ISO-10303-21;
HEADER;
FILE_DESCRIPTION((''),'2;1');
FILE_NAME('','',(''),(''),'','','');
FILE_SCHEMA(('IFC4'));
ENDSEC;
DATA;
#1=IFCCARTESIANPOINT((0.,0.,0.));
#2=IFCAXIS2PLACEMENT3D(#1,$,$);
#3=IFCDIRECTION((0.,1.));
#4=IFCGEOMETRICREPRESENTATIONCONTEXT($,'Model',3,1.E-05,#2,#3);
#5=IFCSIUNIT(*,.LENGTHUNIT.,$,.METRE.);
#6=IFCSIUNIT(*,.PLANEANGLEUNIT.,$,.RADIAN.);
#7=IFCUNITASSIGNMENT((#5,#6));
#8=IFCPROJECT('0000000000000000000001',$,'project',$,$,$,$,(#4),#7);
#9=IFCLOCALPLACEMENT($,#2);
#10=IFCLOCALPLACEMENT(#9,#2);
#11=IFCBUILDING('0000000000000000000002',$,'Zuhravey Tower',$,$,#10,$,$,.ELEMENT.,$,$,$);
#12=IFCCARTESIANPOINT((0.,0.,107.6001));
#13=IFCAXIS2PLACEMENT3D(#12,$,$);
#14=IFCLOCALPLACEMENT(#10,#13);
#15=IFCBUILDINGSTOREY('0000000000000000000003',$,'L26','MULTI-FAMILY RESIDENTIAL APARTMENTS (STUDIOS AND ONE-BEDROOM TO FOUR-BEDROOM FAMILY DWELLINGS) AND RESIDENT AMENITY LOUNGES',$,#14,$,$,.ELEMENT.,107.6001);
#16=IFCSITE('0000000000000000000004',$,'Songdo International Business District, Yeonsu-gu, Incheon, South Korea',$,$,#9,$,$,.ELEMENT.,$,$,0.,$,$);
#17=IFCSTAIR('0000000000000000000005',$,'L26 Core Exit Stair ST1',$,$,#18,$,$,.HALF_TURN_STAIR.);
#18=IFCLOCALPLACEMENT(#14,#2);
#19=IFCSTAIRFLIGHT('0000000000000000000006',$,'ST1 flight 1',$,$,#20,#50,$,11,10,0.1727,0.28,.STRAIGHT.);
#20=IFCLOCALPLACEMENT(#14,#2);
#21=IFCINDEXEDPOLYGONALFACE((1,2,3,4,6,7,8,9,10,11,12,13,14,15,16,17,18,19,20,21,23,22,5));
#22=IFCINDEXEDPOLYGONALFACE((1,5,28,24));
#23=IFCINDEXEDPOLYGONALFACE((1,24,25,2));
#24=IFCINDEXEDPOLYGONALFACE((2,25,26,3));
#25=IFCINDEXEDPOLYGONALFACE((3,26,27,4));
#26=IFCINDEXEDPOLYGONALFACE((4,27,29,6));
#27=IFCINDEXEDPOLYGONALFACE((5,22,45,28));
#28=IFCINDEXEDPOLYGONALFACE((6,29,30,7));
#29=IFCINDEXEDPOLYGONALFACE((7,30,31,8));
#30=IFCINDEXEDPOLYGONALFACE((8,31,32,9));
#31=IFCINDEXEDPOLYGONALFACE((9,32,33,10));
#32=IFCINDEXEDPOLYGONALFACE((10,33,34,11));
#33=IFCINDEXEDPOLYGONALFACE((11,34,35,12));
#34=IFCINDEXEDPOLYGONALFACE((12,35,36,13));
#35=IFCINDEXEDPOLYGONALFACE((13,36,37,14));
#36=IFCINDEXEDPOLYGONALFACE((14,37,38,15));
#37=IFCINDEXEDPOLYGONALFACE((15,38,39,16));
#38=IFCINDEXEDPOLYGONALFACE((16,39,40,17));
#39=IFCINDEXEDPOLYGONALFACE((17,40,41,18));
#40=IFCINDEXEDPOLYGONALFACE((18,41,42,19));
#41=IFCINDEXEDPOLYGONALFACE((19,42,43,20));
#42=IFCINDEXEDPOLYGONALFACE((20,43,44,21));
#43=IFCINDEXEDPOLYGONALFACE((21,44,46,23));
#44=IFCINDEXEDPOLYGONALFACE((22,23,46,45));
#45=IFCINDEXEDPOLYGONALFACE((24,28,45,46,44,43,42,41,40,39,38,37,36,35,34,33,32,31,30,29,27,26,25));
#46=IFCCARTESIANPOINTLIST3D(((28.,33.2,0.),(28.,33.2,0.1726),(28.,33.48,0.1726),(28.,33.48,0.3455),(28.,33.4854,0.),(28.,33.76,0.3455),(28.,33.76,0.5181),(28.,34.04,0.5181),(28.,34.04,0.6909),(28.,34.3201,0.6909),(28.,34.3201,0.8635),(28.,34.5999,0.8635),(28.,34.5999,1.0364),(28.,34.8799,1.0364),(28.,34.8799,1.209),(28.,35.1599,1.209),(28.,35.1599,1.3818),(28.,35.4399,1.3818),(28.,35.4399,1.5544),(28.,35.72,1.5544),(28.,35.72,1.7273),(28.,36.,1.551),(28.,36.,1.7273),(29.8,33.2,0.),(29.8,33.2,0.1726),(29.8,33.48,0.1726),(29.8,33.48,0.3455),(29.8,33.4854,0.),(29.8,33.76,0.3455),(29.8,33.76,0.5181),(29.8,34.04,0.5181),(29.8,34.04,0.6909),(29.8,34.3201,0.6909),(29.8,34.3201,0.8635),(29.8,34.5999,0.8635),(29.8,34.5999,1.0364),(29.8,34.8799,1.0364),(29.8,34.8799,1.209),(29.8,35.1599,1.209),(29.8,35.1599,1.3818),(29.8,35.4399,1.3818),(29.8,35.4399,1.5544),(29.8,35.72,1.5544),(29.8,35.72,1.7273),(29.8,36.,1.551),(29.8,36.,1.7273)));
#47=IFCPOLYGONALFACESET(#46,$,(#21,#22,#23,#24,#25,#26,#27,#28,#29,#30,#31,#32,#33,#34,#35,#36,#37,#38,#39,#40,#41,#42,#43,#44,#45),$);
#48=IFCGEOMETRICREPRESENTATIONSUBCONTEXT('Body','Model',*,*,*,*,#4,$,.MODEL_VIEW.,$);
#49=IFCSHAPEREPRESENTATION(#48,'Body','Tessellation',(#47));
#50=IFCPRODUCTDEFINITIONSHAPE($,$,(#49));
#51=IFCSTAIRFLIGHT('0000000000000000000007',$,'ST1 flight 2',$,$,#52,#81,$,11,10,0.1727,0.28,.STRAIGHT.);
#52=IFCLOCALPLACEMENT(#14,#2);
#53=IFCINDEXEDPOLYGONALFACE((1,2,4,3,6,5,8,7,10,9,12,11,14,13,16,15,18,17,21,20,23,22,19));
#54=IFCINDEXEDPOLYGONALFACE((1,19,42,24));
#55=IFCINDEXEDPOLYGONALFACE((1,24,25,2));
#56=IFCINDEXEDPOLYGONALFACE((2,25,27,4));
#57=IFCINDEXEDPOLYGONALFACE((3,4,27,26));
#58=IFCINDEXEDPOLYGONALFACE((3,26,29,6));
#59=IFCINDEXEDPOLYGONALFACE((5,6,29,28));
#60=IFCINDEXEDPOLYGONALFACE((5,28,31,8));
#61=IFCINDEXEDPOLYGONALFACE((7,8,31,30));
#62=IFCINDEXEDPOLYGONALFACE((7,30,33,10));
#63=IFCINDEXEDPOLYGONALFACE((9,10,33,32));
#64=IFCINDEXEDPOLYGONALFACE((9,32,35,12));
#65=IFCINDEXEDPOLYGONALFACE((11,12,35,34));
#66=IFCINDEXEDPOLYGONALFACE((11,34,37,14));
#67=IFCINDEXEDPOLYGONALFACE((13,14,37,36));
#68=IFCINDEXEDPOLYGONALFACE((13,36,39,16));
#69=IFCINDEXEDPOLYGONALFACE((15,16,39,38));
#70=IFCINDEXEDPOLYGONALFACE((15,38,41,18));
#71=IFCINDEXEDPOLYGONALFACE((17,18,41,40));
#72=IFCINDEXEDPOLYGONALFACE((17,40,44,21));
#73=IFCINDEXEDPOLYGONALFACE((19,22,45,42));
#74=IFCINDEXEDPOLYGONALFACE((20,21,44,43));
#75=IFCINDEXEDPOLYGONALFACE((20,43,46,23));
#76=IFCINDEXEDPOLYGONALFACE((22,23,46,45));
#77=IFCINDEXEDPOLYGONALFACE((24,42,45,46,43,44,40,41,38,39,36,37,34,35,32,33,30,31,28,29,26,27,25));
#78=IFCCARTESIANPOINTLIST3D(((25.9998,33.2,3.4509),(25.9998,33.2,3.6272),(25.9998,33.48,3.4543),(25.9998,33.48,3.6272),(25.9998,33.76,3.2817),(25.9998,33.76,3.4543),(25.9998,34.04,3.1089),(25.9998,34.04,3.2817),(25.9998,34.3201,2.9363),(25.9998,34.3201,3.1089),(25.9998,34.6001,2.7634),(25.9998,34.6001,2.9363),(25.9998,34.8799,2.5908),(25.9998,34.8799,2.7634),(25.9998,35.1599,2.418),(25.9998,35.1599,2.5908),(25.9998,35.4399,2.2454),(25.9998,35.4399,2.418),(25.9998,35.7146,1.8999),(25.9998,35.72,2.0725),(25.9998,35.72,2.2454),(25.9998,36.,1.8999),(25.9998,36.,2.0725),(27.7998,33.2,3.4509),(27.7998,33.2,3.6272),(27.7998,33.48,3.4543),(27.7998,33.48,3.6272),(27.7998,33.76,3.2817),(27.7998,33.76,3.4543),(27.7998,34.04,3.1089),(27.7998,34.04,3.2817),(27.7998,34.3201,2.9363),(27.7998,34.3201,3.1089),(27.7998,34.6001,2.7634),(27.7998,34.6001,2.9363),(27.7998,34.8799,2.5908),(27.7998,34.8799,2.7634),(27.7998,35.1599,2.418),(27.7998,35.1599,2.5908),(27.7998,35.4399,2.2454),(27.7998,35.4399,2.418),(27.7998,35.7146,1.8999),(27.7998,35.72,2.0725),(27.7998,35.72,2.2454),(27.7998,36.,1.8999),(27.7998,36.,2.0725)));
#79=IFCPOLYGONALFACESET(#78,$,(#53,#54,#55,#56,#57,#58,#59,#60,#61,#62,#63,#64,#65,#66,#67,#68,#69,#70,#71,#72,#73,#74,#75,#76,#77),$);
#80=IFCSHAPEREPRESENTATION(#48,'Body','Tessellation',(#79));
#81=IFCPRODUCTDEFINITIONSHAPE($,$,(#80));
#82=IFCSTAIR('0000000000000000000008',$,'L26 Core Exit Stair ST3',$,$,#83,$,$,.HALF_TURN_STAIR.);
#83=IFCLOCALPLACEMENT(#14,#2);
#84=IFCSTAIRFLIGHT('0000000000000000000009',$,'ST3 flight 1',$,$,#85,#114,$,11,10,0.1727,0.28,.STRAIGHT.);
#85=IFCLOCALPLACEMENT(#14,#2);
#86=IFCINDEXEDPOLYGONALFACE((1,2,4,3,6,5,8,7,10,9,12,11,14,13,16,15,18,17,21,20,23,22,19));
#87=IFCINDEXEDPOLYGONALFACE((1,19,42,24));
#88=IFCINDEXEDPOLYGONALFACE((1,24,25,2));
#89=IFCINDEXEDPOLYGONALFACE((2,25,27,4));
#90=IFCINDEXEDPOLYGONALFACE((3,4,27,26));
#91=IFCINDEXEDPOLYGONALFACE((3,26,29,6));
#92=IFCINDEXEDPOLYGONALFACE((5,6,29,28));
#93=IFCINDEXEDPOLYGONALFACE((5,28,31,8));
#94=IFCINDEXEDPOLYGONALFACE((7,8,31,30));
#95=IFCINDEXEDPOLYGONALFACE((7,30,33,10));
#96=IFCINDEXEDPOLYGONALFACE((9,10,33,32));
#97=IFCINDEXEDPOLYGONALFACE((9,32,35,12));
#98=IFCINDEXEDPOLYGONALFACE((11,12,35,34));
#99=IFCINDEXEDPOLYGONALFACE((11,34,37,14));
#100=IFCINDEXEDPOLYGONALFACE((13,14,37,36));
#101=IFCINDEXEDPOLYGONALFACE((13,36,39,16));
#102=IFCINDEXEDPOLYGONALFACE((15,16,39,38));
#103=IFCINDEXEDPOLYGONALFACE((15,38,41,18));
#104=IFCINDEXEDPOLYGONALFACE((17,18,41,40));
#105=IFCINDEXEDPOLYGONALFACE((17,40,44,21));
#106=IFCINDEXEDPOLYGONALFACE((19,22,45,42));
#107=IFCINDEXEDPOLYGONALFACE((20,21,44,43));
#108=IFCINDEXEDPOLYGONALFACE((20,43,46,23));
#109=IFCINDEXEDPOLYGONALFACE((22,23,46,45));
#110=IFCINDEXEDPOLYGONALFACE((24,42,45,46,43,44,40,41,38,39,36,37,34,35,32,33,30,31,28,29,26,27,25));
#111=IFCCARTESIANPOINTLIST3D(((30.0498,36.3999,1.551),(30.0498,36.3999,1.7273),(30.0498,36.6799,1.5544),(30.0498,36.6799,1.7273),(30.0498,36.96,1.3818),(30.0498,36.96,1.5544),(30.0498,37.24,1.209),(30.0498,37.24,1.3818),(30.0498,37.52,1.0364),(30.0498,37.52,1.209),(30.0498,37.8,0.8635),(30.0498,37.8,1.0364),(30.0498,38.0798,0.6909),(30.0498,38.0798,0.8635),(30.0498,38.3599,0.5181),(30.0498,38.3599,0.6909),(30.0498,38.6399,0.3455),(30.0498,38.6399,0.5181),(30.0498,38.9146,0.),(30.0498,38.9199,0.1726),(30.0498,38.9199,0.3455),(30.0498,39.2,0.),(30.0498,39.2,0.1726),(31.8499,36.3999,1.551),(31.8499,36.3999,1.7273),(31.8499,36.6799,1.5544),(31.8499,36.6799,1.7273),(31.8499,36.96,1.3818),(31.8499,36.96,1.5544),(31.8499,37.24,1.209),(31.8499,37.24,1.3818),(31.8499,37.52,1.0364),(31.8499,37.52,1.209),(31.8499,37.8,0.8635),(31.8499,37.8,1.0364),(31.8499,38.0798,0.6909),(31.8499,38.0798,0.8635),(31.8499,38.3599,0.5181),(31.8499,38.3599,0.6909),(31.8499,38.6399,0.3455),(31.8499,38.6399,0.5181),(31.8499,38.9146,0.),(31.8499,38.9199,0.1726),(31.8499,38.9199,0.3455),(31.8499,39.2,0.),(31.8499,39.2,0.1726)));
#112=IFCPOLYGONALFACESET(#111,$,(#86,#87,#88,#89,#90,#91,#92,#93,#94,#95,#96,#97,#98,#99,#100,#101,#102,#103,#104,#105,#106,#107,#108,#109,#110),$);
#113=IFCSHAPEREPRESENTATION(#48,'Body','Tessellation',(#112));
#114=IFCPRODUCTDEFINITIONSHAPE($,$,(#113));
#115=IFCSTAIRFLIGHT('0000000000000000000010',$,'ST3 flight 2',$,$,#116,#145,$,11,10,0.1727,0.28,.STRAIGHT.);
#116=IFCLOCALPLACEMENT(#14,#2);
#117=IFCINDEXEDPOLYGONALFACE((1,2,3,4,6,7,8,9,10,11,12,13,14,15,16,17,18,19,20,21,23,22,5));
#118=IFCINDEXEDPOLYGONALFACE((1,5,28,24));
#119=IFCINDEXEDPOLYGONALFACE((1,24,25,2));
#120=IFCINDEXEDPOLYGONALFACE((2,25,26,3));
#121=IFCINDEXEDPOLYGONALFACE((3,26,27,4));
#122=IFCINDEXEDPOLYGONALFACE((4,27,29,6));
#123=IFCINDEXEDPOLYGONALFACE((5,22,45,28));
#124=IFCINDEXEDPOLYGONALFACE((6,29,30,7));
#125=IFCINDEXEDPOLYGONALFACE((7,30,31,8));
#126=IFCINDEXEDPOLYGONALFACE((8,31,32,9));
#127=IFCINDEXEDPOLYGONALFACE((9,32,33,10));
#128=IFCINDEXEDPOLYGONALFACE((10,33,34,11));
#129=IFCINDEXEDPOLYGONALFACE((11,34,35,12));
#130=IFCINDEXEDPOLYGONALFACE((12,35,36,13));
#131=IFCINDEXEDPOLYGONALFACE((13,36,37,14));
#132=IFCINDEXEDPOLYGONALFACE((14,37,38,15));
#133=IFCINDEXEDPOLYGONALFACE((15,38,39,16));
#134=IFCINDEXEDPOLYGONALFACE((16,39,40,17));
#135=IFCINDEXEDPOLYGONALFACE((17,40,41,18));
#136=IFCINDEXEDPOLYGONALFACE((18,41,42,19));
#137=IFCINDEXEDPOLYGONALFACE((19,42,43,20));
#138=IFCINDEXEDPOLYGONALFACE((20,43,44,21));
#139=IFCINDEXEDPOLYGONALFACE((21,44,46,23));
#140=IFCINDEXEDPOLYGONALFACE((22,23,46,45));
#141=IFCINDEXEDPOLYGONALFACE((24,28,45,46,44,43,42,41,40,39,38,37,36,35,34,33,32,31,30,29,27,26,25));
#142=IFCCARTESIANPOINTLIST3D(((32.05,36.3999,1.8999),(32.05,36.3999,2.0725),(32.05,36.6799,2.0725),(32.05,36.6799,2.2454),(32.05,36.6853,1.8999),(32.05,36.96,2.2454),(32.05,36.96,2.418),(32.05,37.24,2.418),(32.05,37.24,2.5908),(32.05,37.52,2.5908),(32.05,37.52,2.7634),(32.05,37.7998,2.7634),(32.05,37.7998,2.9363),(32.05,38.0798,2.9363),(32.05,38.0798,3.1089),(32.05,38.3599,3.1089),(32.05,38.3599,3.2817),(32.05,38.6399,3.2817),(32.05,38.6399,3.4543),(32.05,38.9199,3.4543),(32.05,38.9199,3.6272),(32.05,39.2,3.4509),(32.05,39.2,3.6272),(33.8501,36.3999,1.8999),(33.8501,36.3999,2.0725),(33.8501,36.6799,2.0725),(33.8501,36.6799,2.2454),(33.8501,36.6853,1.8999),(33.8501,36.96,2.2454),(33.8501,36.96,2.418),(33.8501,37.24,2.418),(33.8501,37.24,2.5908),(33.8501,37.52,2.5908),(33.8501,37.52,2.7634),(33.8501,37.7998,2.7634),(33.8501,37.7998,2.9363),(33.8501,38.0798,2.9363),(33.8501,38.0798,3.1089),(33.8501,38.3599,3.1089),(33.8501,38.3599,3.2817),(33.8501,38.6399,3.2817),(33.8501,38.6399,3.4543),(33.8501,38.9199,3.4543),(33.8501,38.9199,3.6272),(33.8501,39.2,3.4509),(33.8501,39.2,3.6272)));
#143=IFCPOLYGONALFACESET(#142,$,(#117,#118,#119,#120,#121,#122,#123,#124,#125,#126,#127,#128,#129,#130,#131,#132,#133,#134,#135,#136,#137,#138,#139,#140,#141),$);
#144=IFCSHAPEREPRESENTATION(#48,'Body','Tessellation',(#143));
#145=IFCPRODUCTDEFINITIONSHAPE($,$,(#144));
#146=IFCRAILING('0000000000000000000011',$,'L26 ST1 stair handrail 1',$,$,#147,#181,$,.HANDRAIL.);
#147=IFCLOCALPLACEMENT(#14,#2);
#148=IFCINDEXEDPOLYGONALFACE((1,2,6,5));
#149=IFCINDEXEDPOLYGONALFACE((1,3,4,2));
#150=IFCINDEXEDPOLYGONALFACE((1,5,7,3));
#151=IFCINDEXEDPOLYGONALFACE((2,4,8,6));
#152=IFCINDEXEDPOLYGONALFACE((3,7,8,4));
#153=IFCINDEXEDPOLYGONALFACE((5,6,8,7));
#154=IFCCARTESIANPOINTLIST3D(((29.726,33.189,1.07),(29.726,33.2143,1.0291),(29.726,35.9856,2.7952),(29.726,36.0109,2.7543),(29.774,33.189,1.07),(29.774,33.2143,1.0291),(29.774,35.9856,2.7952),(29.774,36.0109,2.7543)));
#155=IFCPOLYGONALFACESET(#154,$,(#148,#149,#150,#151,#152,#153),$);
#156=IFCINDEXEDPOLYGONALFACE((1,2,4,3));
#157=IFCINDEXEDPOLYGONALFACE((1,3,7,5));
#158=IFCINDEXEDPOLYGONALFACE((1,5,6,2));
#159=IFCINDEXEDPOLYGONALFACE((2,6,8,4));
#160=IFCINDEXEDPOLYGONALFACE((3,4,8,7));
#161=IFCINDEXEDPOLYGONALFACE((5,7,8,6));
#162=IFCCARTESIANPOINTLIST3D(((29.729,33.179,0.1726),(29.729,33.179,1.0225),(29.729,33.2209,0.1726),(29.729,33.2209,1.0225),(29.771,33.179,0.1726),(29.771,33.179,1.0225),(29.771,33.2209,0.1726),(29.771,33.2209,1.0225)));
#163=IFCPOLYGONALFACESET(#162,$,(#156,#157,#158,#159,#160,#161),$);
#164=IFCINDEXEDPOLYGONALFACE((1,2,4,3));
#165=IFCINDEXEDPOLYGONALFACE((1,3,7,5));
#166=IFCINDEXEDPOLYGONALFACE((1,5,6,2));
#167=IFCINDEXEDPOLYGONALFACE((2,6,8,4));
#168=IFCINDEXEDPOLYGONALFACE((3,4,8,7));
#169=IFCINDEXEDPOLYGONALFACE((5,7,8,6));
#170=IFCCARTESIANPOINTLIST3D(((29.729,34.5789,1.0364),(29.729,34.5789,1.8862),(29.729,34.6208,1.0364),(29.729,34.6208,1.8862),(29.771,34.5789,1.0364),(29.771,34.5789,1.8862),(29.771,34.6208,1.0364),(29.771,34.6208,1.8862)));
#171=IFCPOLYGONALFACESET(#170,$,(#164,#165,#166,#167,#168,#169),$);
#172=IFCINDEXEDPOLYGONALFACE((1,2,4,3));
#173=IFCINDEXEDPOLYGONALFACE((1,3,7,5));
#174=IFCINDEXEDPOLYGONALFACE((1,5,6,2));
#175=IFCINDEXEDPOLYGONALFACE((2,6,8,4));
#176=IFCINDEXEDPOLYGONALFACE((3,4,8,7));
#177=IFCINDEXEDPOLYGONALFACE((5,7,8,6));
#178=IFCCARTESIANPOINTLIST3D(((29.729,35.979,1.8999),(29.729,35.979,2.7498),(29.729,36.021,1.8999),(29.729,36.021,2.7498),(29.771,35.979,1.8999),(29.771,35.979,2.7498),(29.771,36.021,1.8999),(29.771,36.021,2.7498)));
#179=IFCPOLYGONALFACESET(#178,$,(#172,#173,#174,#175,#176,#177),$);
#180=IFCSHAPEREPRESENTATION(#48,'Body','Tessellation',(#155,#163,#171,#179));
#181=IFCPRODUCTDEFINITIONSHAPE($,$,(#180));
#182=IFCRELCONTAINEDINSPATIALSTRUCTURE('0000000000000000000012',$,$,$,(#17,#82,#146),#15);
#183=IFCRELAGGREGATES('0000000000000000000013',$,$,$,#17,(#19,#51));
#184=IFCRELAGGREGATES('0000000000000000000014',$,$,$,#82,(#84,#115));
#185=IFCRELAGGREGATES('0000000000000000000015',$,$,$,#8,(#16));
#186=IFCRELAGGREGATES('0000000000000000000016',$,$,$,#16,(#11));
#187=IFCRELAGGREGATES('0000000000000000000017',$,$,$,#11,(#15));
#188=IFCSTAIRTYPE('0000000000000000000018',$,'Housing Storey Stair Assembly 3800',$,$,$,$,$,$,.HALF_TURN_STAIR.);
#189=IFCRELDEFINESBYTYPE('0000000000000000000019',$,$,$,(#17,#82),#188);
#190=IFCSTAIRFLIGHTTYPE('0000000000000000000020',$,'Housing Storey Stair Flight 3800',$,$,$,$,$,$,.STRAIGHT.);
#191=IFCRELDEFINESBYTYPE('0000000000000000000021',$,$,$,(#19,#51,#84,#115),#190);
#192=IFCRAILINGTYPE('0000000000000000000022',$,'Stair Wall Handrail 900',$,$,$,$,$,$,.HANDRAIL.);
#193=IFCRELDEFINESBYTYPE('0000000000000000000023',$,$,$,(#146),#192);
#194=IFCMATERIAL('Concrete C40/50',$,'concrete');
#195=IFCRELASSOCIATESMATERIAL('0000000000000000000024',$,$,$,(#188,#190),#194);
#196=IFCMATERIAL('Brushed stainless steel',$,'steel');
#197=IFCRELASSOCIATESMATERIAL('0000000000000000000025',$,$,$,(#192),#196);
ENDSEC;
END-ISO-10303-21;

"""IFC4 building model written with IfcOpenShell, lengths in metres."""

from ifc_helpers import new_model, si_unit, direction, frame, origin, origin_2d, place, context, subcontext, project, spatial, polyline, rectangle, outline, extrude, material, type_object, element, aggregate, save


model = new_model("IFC4")

# Units and contexts
model_context = context("Model", 3, precision=1e-05, world=origin(), true_north=direction((0.0, 1.0)))
body_context = subcontext(model_context, "Body", "Model", "MODEL_VIEW")
ifc_project = project(units=[si_unit("LENGTHUNIT", "METRE"), si_unit("PLANEANGLEUNIT", "RADIAN")], contexts=[model_context])

# Site, building, storey
site_placement = place(None, origin())
site = spatial("IfcSite", under=ifc_project, at=site_placement, Name="Songdo International Business District, Yeonsu-gu, Incheon, South Korea", CompositionType="ELEMENT", RefElevation=0.0)
building_placement = place(site_placement, origin())
building = spatial("IfcBuilding", under=site, at=building_placement, Name="Zuhravey Tower", CompositionType="ELEMENT")
storey_placement = place(building_placement, frame((0.0, 0.0, 107.6001)))
storey = spatial("IfcBuildingStorey", under=building, at=storey_placement, Name="L26", Description="MULTI-FAMILY RESIDENTIAL APARTMENTS (STUDIOS AND ONE-BEDROOM TO FOUR-BEDROOM FAMILY DWELLINGS) AND RESIDENT AMENITY LOUNGES", CompositionType="ELEMENT", Elevation=107.6001)

# Stairs, stair flights
ifc_material_1 = material(Name="Concrete C40/50", Category="concrete")
stair_type = type_object("IfcStairType", Name="Housing Storey Stair Assembly 3800", PredefinedType="HALF_TURN_STAIR", material=ifc_material_1)
stair_1_placement = place(storey_placement, origin())
stair_1 = element("IfcStair", 1, at=stair_1_placement, inside=storey, type_object=stair_type, Name="L26 Core Exit Stair ST1", PredefinedType="HALF_TURN_STAIR")
stair_flight_type = type_object("IfcStairFlightType", Name="Housing Storey Stair Flight 3800", PredefinedType="STRAIGHT", material=ifc_material_1)
stair_flight_1_placement = place(storey_placement, frame((28.8999, 33.2, 0.0), z_axis=(0.0, 0.0, 1.0), x_axis=(0.0, 1.0, 0.0)))
stair_flight_1 = element("IfcStairFlight", 2, at=stair_flight_1_placement, type_object=stair_flight_type, Name="ST1 flight 1", NumberOfRisers=11, NumberOfTreads=10, PredefinedType="STRAIGHT", RiserHeight=0.1727, TreadLength=0.28, context=body_context, shape_type="SweptSolid", body=[
    extrude(outline(polyline([(0.0, 0.0), (0.0, 0.1726), (0.28, 0.1726), (0.28, 0.3455), (0.5601, 0.3455), (0.5601, 0.5181), (0.8401, 0.5181), (0.8401, 0.6909), (1.1201, 0.6909), (1.1201, 0.8635), (1.3999, 0.8635), (1.3999, 1.0364), (1.6799, 1.0364), (1.6799, 1.209), (1.96, 1.209), (1.96, 1.3818), (2.24, 1.3818), (2.24, 1.5544), (2.52, 1.5544), (2.52, 1.7273), (2.8, 1.7273), (2.8, 1.8999), (2.8, 1.551), (0.2854, 0.0), (0.0, 0.0)])), frame((0.0, 0.8999, 0.0), z_axis=(0.0, -1.0, 0.0), x_axis=(1.0, 0.0, 0.0)), (0.0, 0.0, 1.0), 1.8),
])
stair_flight_2_placement = place(storey_placement, frame((26.8999, 36.0, 1.8999), z_axis=(0.0, 0.0, 1.0), x_axis=(0.0, -1.0, 0.0)))
stair_flight_2 = element("IfcStairFlight", 3, at=stair_flight_2_placement, type_object=stair_flight_type, Name="ST1 flight 2", NumberOfRisers=11, NumberOfTreads=10, PredefinedType="STRAIGHT", RiserHeight=0.1727, TreadLength=0.28, context=body_context, shape_type="SweptSolid", body=[
    extrude(outline(polyline([(0.0, 0.0), (0.0, 0.1726), (0.28, 0.1726), (0.28, 0.3455), (0.5601, 0.3455), (0.5601, 0.5181), (0.8401, 0.5181), (0.8401, 0.6909), (1.1201, 0.6909), (1.1201, 0.8635), (1.3999, 0.8635), (1.3999, 1.0364), (1.6799, 1.0364), (1.6799, 1.209), (1.96, 1.209), (1.96, 1.3818), (2.24, 1.3818), (2.24, 1.5544), (2.52, 1.5544), (2.52, 1.7273), (2.8, 1.7273), (2.8, 1.8999), (2.8, 1.551), (0.2854, 0.0), (0.0, 0.0)])), frame((0.0, 0.8999, 0.0), z_axis=(0.0, -1.0, 0.0), x_axis=(1.0, 0.0, 0.0)), (0.0, 0.0, 1.0), 1.8),
])
aggregate(stair_1, [stair_flight_1, stair_flight_2])
stair_2_placement = place(storey_placement, origin())
stair_2 = element("IfcStair", 4, at=stair_2_placement, inside=storey, type_object=stair_type, Name="L26 Core Exit Stair ST3", PredefinedType="HALF_TURN_STAIR")
stair_flight_3_placement = place(storey_placement, frame((30.95, 39.2, 0.0), z_axis=(0.0, 0.0, 1.0), x_axis=(0.0, -1.0, 0.0)))
stair_flight_3 = element("IfcStairFlight", 5, at=stair_flight_3_placement, type_object=stair_flight_type, Name="ST3 flight 1", NumberOfRisers=11, NumberOfTreads=10, PredefinedType="STRAIGHT", RiserHeight=0.1727, TreadLength=0.28, context=body_context, shape_type="SweptSolid", body=[
    extrude(outline(polyline([(0.0, 0.0), (0.0, 0.1726), (0.28, 0.1726), (0.28, 0.3455), (0.5601, 0.3455), (0.5601, 0.5181), (0.8401, 0.5181), (0.8401, 0.6909), (1.1201, 0.6909), (1.1201, 0.8635), (1.3999, 0.8635), (1.3999, 1.0364), (1.6799, 1.0364), (1.6799, 1.209), (1.96, 1.209), (1.96, 1.3818), (2.24, 1.3818), (2.24, 1.5544), (2.52, 1.5544), (2.52, 1.7273), (2.8, 1.7273), (2.8, 1.8999), (2.8, 1.551), (0.2854, 0.0), (0.0, 0.0)])), frame((0.0, 0.8999, 0.0), z_axis=(0.0, -1.0, 0.0), x_axis=(1.0, 0.0, 0.0)), (0.0, 0.0, 1.0), 1.8),
])
stair_flight_4_placement = place(storey_placement, frame((32.95, 36.3999, 1.8999), z_axis=(0.0, 0.0, 1.0), x_axis=(0.0, 1.0, 0.0)))
stair_flight_4 = element("IfcStairFlight", 6, at=stair_flight_4_placement, type_object=stair_flight_type, Name="ST3 flight 2", NumberOfRisers=11, NumberOfTreads=10, PredefinedType="STRAIGHT", RiserHeight=0.1727, TreadLength=0.28, context=body_context, shape_type="SweptSolid", body=[
    extrude(outline(polyline([(0.0, 0.0), (0.0, 0.1726), (0.28, 0.1726), (0.28, 0.3455), (0.5601, 0.3455), (0.5601, 0.5181), (0.8401, 0.5181), (0.8401, 0.6909), (1.1201, 0.6909), (1.1201, 0.8635), (1.3999, 0.8635), (1.3999, 1.0364), (1.6799, 1.0364), (1.6799, 1.209), (1.96, 1.209), (1.96, 1.3818), (2.24, 1.3818), (2.24, 1.5544), (2.52, 1.5544), (2.52, 1.7273), (2.8, 1.7273), (2.8, 1.8999), (2.8, 1.551), (0.2854, 0.0), (0.0, 0.0)])), frame((0.0, 0.8999, 0.0), z_axis=(0.0, -1.0, 0.0), x_axis=(1.0, 0.0, 0.0)), (0.0, 0.0, 1.0), 1.8),
])
aggregate(stair_2, [stair_flight_3, stair_flight_4])

# Railing
ifc_material_2 = material(Name="Brushed stainless steel", Category="steel")
railing_type_1 = type_object("IfcRailingType", Name="Stair Wall Handrail 900", PredefinedType="HANDRAIL", material=ifc_material_2)
railing_1_placement = place(storey_placement, frame((29.75, 33.2, 0.1726)))
element("IfcRailing", 7, at=railing_1_placement, inside=storey, type_object=railing_type_1, Name="L26 ST1 stair handrail 1", PredefinedType="HANDRAIL", context=body_context, shape_type="SweptSolid", body=[
    extrude(rectangle(XDim=0.0481, YDim=0.0481, at=origin_2d()), frame((0.0, 0.0017, 0.877), z_axis=(0.0, 0.85109, 0.52502), x_axis=(-1.0, 0.0, 0.0)), (0.0, 0.0, 1.0), 3.2859),
    extrude(rectangle(XDim=0.042, YDim=0.042, at=origin_2d()), origin(), (0.0, 0.0, 1.0), 0.8499),
    extrude(rectangle(XDim=0.042, YDim=0.042, at=origin_2d()), frame((0.0, 1.3999, 0.8638)), (0.0, 0.0, 1.0), 0.8499),
    extrude(rectangle(XDim=0.042, YDim=0.042, at=origin_2d()), frame((0.0, 2.8, 1.7273)), (0.0, 0.0, 1.0), 0.8499),
])

save(model, "model.ifc")
